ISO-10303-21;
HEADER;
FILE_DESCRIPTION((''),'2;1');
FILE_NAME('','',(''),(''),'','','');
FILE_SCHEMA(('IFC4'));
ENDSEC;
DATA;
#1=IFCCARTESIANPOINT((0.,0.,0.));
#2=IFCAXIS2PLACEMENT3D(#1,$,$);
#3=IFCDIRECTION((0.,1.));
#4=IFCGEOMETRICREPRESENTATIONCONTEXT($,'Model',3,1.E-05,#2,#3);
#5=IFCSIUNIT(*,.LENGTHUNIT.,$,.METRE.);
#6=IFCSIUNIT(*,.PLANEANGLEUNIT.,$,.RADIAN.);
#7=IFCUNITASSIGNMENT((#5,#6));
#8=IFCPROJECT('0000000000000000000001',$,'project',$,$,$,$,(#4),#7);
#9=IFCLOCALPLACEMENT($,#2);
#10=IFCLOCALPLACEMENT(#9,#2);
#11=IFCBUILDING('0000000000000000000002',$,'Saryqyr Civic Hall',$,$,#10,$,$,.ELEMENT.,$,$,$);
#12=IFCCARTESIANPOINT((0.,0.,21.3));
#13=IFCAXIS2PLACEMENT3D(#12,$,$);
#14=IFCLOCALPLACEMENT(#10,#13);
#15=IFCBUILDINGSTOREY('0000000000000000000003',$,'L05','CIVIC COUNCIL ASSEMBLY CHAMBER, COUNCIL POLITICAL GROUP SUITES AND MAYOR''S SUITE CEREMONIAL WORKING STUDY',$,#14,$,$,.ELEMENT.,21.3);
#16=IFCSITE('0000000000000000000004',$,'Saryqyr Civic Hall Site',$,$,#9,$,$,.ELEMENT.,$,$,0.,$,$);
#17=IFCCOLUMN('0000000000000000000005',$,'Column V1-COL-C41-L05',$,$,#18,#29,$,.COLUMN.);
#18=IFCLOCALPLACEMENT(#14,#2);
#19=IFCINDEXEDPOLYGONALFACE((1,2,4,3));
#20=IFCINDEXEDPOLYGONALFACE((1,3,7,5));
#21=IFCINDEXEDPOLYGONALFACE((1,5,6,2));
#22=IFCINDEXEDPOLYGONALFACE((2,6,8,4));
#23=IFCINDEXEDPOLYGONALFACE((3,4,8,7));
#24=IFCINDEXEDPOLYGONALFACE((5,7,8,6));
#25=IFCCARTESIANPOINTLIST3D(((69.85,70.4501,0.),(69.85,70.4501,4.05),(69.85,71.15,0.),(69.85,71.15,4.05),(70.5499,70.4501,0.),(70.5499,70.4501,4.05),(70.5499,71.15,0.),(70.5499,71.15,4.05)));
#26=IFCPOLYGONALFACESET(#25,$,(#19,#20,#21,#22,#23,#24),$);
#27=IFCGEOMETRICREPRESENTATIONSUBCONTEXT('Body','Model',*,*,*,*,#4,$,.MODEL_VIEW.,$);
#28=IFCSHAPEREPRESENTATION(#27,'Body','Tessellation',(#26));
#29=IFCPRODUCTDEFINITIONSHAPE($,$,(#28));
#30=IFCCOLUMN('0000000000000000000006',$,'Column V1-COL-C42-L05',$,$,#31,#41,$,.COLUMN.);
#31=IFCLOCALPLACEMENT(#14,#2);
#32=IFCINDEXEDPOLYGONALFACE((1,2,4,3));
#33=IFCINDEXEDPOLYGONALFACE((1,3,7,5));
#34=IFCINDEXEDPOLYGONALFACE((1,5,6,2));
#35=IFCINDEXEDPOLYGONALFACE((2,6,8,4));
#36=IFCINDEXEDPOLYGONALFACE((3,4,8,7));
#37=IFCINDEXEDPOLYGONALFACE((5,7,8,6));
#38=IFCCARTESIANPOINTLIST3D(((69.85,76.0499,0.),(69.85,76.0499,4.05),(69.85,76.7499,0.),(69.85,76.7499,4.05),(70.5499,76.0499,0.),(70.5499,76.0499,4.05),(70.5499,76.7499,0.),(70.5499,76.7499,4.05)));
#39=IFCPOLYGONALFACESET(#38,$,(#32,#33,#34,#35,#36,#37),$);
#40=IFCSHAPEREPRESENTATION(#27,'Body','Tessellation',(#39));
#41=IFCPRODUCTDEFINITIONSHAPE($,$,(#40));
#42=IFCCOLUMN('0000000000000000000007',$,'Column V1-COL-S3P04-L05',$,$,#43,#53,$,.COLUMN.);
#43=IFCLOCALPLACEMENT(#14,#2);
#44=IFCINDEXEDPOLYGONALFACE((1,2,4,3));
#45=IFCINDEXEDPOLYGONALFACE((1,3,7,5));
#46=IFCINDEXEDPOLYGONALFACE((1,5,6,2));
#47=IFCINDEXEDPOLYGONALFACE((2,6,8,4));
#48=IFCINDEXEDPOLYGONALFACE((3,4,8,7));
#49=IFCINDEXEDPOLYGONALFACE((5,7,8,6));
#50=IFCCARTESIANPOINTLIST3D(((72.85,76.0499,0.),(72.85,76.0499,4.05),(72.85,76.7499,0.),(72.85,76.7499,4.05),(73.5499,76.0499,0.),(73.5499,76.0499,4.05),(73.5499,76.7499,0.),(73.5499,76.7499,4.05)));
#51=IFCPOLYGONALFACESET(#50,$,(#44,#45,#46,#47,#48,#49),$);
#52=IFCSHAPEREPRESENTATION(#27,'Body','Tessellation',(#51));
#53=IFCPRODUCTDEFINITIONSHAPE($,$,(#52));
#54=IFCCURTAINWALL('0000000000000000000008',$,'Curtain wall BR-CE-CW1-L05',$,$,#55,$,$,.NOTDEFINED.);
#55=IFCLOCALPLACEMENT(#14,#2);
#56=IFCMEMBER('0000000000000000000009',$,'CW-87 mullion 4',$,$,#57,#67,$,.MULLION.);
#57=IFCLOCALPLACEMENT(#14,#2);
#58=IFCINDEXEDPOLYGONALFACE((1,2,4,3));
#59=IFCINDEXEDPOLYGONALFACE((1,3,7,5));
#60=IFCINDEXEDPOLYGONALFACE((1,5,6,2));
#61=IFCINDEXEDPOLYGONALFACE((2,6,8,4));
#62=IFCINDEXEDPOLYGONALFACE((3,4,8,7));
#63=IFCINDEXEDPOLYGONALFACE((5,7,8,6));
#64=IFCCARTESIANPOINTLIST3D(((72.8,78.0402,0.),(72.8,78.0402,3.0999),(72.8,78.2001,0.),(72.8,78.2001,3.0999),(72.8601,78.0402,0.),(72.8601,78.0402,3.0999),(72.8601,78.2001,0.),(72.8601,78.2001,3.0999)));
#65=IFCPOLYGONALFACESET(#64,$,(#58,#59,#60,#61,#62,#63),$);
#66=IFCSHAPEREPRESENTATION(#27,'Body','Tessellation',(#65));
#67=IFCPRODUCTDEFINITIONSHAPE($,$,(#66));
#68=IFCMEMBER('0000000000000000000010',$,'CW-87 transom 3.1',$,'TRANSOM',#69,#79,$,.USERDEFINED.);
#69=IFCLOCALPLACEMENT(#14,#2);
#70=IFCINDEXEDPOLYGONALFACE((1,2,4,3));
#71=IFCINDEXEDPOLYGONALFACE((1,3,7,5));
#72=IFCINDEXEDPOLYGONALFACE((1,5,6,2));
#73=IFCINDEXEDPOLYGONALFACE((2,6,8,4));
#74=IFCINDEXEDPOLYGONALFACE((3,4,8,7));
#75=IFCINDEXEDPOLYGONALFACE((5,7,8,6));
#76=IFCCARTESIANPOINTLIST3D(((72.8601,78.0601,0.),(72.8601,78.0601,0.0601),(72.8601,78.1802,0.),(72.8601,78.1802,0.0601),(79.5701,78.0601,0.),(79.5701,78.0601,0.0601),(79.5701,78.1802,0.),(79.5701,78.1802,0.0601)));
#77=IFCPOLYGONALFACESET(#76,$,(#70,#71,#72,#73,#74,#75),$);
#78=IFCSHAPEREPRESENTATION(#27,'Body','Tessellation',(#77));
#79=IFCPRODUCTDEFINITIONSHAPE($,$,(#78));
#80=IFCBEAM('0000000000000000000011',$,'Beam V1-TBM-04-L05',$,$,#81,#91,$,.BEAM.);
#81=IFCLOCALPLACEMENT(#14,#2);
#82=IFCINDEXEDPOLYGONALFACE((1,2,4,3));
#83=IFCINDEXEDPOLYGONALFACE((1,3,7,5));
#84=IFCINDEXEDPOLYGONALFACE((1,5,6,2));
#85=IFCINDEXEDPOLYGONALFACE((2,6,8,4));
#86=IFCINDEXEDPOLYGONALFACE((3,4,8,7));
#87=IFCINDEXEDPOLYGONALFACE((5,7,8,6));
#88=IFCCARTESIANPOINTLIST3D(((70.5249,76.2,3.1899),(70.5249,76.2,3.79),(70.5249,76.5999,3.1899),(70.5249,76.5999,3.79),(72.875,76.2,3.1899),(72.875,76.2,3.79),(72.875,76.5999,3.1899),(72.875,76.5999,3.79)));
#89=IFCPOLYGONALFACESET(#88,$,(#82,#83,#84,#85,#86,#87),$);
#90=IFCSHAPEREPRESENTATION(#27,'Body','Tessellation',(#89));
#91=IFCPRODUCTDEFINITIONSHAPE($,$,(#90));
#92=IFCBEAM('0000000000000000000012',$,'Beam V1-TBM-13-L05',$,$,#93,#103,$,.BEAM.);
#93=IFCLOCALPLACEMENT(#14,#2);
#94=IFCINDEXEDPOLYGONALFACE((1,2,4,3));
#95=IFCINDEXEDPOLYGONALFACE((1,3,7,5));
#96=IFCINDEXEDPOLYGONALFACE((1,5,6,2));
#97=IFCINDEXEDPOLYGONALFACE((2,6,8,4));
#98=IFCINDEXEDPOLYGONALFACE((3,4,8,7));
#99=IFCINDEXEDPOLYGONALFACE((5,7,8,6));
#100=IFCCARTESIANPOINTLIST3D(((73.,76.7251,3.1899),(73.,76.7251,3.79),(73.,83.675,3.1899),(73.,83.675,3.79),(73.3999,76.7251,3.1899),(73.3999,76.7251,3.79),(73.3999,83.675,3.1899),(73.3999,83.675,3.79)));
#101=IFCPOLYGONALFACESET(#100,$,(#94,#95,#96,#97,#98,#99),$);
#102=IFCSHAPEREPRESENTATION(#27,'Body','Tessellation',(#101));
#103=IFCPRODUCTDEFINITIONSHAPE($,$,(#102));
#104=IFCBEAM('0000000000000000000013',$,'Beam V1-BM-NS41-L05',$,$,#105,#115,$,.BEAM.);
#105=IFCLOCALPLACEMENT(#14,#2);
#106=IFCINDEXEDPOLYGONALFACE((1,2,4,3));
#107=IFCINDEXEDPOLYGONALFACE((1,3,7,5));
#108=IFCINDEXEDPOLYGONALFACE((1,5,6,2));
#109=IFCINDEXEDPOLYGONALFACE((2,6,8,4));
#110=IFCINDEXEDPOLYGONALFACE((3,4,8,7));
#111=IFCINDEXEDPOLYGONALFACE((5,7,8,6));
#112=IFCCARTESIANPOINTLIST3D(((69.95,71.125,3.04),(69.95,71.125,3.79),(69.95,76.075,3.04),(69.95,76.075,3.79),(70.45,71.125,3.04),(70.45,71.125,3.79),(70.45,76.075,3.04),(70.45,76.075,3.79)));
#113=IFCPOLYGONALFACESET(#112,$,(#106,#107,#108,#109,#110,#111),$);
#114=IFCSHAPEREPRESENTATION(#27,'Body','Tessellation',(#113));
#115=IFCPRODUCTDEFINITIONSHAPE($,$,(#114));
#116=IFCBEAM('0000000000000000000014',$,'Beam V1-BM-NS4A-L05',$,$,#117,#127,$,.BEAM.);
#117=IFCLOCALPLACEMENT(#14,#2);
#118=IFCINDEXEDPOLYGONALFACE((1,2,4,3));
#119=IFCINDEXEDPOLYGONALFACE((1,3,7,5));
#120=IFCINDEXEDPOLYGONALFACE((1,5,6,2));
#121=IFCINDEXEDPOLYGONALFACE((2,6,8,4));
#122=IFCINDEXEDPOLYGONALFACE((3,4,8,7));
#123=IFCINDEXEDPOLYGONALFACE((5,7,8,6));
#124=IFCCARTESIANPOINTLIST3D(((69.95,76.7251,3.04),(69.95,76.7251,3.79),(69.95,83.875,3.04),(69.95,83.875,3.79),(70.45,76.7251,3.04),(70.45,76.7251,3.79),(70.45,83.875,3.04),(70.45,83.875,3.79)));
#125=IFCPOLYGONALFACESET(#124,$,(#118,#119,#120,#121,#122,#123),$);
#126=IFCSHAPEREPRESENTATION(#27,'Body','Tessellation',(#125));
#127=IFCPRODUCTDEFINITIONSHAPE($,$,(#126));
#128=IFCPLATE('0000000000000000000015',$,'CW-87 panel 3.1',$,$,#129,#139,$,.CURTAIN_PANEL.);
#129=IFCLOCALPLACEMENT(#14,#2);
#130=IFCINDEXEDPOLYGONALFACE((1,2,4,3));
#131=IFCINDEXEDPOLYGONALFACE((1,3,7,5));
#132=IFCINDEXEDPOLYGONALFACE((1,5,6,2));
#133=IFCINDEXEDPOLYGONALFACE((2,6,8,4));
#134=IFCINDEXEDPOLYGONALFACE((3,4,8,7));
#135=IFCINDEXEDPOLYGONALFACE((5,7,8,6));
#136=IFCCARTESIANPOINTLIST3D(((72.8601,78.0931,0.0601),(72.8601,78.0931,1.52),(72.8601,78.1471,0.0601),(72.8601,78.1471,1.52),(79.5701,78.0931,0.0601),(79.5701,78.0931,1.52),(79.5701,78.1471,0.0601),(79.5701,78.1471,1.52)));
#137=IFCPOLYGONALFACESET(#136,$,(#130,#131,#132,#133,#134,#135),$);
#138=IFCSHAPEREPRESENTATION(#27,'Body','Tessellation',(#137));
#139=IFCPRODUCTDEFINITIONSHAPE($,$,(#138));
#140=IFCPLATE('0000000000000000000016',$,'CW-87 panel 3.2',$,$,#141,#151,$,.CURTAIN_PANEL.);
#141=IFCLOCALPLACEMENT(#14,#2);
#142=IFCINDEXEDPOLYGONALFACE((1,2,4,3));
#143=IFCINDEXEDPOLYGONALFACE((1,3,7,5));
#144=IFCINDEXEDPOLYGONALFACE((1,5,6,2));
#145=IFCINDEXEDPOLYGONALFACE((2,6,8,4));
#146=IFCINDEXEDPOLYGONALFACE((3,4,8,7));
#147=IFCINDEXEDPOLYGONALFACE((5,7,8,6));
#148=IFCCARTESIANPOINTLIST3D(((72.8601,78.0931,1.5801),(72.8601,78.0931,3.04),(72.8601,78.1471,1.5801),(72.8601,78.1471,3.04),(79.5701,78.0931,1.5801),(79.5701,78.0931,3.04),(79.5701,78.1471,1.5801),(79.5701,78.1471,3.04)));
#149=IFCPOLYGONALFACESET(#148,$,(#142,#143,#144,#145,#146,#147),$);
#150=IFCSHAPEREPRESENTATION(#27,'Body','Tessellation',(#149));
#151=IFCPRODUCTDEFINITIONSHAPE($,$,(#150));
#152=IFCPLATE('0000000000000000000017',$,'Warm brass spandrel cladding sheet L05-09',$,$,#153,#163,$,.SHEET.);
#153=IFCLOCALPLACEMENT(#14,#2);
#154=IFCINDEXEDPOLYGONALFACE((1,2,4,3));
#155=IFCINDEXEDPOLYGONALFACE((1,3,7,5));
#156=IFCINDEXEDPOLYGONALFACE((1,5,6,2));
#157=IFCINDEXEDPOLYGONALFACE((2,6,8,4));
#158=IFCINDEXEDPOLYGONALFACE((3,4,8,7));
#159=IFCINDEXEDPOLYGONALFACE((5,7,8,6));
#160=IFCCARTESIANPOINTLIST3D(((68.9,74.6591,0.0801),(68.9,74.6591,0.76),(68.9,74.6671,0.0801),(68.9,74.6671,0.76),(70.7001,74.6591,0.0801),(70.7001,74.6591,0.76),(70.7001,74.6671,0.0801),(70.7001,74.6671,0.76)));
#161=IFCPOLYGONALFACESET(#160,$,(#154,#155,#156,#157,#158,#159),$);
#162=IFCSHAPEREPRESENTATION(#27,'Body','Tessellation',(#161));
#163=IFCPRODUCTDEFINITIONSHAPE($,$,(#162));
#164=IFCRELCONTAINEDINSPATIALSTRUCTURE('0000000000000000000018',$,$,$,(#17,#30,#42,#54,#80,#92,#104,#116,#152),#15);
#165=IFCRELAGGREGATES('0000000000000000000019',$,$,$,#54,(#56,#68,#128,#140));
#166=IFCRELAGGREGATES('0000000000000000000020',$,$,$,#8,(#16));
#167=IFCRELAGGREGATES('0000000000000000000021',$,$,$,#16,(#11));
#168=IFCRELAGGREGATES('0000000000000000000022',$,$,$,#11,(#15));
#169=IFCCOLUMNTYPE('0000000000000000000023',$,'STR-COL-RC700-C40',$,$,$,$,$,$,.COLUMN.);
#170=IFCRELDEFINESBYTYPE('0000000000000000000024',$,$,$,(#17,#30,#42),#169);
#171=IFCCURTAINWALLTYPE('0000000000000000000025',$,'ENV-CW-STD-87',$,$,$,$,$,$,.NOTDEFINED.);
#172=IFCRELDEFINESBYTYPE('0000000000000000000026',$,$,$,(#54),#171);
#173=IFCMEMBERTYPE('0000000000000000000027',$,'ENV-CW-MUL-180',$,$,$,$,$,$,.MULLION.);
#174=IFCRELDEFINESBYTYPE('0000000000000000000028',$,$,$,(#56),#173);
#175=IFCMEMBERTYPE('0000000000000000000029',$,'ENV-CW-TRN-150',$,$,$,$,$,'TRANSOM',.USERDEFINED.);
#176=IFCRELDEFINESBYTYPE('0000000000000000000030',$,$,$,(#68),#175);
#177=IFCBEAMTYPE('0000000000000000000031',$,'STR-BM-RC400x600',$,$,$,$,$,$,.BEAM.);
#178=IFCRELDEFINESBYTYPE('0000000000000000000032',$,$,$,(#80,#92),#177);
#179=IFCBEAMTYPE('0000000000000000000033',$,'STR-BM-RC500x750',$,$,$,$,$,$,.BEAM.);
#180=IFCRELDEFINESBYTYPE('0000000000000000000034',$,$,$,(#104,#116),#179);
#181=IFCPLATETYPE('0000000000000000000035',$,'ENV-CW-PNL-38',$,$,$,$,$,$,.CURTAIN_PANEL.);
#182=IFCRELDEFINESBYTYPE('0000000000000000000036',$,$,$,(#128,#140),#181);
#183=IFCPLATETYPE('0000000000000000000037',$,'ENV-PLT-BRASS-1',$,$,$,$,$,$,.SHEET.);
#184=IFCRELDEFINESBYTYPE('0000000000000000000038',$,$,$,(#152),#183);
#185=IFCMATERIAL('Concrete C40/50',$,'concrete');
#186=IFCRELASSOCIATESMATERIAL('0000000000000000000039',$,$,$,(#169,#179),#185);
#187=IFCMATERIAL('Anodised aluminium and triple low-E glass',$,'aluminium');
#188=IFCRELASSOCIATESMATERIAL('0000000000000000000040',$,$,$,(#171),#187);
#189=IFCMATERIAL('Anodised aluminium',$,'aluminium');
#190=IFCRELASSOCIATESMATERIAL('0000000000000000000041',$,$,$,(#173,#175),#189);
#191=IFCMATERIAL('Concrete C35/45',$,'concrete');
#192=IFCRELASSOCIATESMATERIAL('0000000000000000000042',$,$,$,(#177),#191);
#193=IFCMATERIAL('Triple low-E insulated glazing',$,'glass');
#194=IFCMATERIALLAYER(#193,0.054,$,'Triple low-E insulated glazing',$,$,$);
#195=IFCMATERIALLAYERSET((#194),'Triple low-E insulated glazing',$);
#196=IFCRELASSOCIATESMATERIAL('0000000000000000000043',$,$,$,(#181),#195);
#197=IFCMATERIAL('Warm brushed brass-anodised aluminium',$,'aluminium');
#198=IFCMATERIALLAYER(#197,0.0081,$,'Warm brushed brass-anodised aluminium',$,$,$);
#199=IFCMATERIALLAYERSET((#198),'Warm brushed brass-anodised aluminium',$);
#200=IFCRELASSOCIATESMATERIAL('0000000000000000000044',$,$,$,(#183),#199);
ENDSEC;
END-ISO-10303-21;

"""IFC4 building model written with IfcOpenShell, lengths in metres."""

from ifc_helpers import new_model, si_unit, direction, frame, origin, origin_2d, place, context, subcontext, project, spatial, rectangle, extrude, material, layer, layer_set, material_profile, profile_set, type_object, element, aggregate, save


model = new_model("IFC4")

# Units and contexts
model_context = context("Model", 3, precision=1e-05, world=origin(), true_north=direction((0.0, 1.0)))
body_context = subcontext(model_context, "Body", "Model", "MODEL_VIEW")
ifc_project = project(units=[si_unit("LENGTHUNIT", "METRE"), si_unit("PLANEANGLEUNIT", "RADIAN")], contexts=[model_context])

# Site, building, storey
site_placement = place(None, origin())
site = spatial("IfcSite", under=ifc_project, at=site_placement, Name="Saryqyr Civic Hall Site", CompositionType="ELEMENT", RefElevation=0.0)
building_placement = place(site_placement, origin())
building = spatial("IfcBuilding", under=site, at=building_placement, Name="Saryqyr Civic Hall", CompositionType="ELEMENT")
storey_placement = place(building_placement, frame((0.0, 0.0, 21.3)))
storey = spatial("IfcBuildingStorey", under=building, at=storey_placement, Name="L05", Description="CIVIC COUNCIL ASSEMBLY CHAMBER, COUNCIL POLITICAL GROUP SUITES AND MAYOR'S SUITE CEREMONIAL WORKING STUDY", CompositionType="ELEMENT", Elevation=21.3)

# Columns
ifc_material_1 = material(Name="Concrete C40/50", Category="concrete")
ifc_material_profile_1 = material_profile(ifc_material_1, rectangle(XDim=0.7, YDim=0.7, at=origin_2d()), Name="RC 700x700")
ifc_profile_set_1 = profile_set([ifc_material_profile_1], Name="Concrete C40/50")
column_type = type_object("IfcColumnType", Name="STR-COL-RC700-C40", PredefinedType="COLUMN", material=ifc_profile_set_1)
for number, where, z_axis, x_axis, name in (
    (1, (70.2, 70.8, 0.0), (0.0, 0.0, 1.0), (1.0, 0.0, 0.0), "Column V1-COL-C41-L05"),
    (2, (70.2, 76.3999, 0.0), (0.0, 0.0, 1.0), (1.0, 0.0, 0.0), "Column V1-COL-C42-L05"),
    (3, (73.2, 76.3999, 0.0), (0.0, 0.0, 1.0), (1.0, 0.0, 0.0), "Column V1-COL-S3P04-L05"),
):
    element("IfcColumn", number, at=place(storey_placement, frame(where, z_axis=z_axis, x_axis=x_axis)), inside=storey, type_object=column_type, Name=name, PredefinedType="COLUMN", context=body_context, shape_type="SweptSolid", body=[
        extrude(rectangle(XDim=0.7, YDim=0.7, at=origin_2d()), origin(), (0.0, 0.0, 1.0), 4.05),
    ])

# Curtain wall, members
ifc_material_2 = material(Name="Anodised aluminium and triple low-E glass", Category="aluminium")
curtain_wall_type = type_object("IfcCurtainWallType", Name="ENV-CW-STD-87", PredefinedType="NOTDEFINED", material=ifc_material_2)
curtain_wall_placement = place(storey_placement, origin())
curtain_wall = element("IfcCurtainWall", 4, at=curtain_wall_placement, inside=storey, type_object=curtain_wall_type, Name="Curtain wall BR-CE-CW1-L05", PredefinedType="NOTDEFINED")
ifc_material_3 = material(Name="Anodised aluminium", Category="aluminium")
ifc_material_profile_2 = material_profile(ifc_material_3, rectangle(XDim=0.0601, YDim=0.1599, at=origin_2d()), Name="ALU MULLION 60x160")
ifc_profile_set_2 = profile_set([ifc_material_profile_2], Name="Anodised aluminium")
member_type_1 = type_object("IfcMemberType", Name="ENV-CW-MUL-180", PredefinedType="MULLION", material=ifc_profile_set_2)
member_1_placement = place(storey_placement, frame((72.8301, 78.1201, 0.0), z_axis=(0.0, 0.0, 1.0), x_axis=(-1.0, 0.0, 0.0)))
member_1 = element("IfcMember", 5, at=member_1_placement, type_object=member_type_1, Name="CW-87 mullion 4", PredefinedType="MULLION", context=body_context, shape_type="SweptSolid", body=[
    extrude(rectangle(XDim=0.0601, YDim=0.1599, at=origin_2d()), origin(), (0.0, 0.0, 1.0), 3.0999),
])
ifc_material_profile_3 = material_profile(ifc_material_3, rectangle(XDim=0.1201, YDim=0.0601, at=origin_2d()), Name="ALU TRANSOM 120x60")
ifc_profile_set_3 = profile_set([ifc_material_profile_3], Name="Anodised aluminium")
member_type_2 = type_object("IfcMemberType", Name="ENV-CW-TRN-150", ElementType="TRANSOM", PredefinedType="USERDEFINED", material=ifc_profile_set_3)
member_2_placement = place(storey_placement, frame((79.5701, 78.1201, 0.03), z_axis=(-1.0, 0.0, 0.0), x_axis=(0.0, -1.0, 0.0)))
member_2 = element("IfcMember", 6, at=member_2_placement, type_object=member_type_2, Name="CW-87 transom 3.1", ObjectType="TRANSOM", PredefinedType="USERDEFINED", context=body_context, shape_type="SweptSolid", body=[
    extrude(rectangle(XDim=0.1201, YDim=0.0601, at=origin_2d()), origin(), (0.0, 0.0, 1.0), 6.71),
])

# Beams
ifc_material_4 = material(Name="Concrete C35/45", Category="concrete")
ifc_material_profile_4 = material_profile(ifc_material_4, rectangle(XDim=0.3999, YDim=0.6001, at=origin_2d()), Name="RC 400x600")
ifc_profile_set_4 = profile_set([ifc_material_profile_4], Name="Concrete C35/45")
beam_type_1 = type_object("IfcBeamType", Name="STR-BM-RC400x600", PredefinedType="BEAM", material=ifc_profile_set_4)
beam_1_placement = place(storey_placement, frame((70.5249, 76.3999, 3.49), z_axis=(1.0, 0.0, 0.0), x_axis=(0.0, 1.0, 0.0)))
element("IfcBeam", 7, at=beam_1_placement, inside=storey, type_object=beam_type_1, Name="Beam V1-TBM-04-L05", PredefinedType="BEAM", context=body_context, shape_type="SweptSolid", body=[
    extrude(rectangle(XDim=0.3999, YDim=0.6001, at=origin_2d()), origin(), (0.0, 0.0, 1.0), 2.3501),
])
beam_2_placement = place(storey_placement, frame((73.2, 76.7251, 3.49), z_axis=(0.0, 1.0, 0.0), x_axis=(-1.0, 0.0, 0.0)))
element("IfcBeam", 8, at=beam_2_placement, inside=storey, type_object=beam_type_1, Name="Beam V1-TBM-13-L05", PredefinedType="BEAM", context=body_context, shape_type="SweptSolid", body=[
    extrude(rectangle(XDim=0.3999, YDim=0.6001, at=origin_2d()), origin(), (0.0, 0.0, 1.0), 6.95),
])
ifc_material_profile_5 = material_profile(ifc_material_1, rectangle(XDim=0.5, YDim=0.75, at=origin_2d()), Name="RC 500x750")
ifc_profile_set_5 = profile_set([ifc_material_profile_5], Name="Concrete C40/50")
beam_type_2 = type_object("IfcBeamType", Name="STR-BM-RC500x750", PredefinedType="BEAM", material=ifc_profile_set_5)
beam_3_placement = place(storey_placement, frame((70.2, 71.125, 3.415), z_axis=(0.0, 1.0, 0.0), x_axis=(-1.0, 0.0, 0.0)))
element("IfcBeam", 9, at=beam_3_placement, inside=storey, type_object=beam_type_2, Name="Beam V1-BM-NS41-L05", PredefinedType="BEAM", context=body_context, shape_type="SweptSolid", body=[
    extrude(rectangle(XDim=0.5, YDim=0.75, at=origin_2d()), origin(), (0.0, 0.0, 1.0), 4.95),
])
beam_4_placement = place(storey_placement, frame((70.2, 76.7251, 3.415), z_axis=(0.0, 1.0, 0.0), x_axis=(-1.0, 0.0, 0.0)))
element("IfcBeam", 10, at=beam_4_placement, inside=storey, type_object=beam_type_2, Name="Beam V1-BM-NS4A-L05", PredefinedType="BEAM", context=body_context, shape_type="SweptSolid", body=[
    extrude(rectangle(XDim=0.5, YDim=0.75, at=origin_2d()), origin(), (0.0, 0.0, 1.0), 7.1499),
])

# Plates
ifc_material_5 = material(Name="Triple low-E insulated glazing", Category="glass")
ifc_layer_1 = layer(ifc_material_5, 0.054, Name="Triple low-E insulated glazing")
ifc_layer_set_1 = layer_set([ifc_layer_1], Name="Triple low-E insulated glazing")
plate_type_1 = type_object("IfcPlateType", Name="ENV-CW-PNL-38", PredefinedType="CURTAIN_PANEL", material=ifc_layer_set_1)
plate_1_placement = place(storey_placement, frame((76.2151, 78.1201, 0.0601), z_axis=(0.0, 0.0, 1.0), x_axis=(-1.0, 0.0, 0.0)))
plate_1 = element("IfcPlate", 11, at=plate_1_placement, type_object=plate_type_1, Name="CW-87 panel 3.1", PredefinedType="CURTAIN_PANEL", context=body_context, shape_type="SweptSolid", body=[
    extrude(rectangle(XDim=6.71, YDim=0.054, at=origin_2d()), origin(), (0.0, 0.0, 1.0), 1.46),
])
plate_2_placement = place(storey_placement, frame((76.2151, 78.1201, 1.5801), z_axis=(0.0, 0.0, 1.0), x_axis=(-1.0, 0.0, 0.0)))
plate_2 = element("IfcPlate", 12, at=plate_2_placement, type_object=plate_type_1, Name="CW-87 panel 3.2", PredefinedType="CURTAIN_PANEL", context=body_context, shape_type="SweptSolid", body=[
    extrude(rectangle(XDim=6.71, YDim=0.054, at=origin_2d()), origin(), (0.0, 0.0, 1.0), 1.46),
])
aggregate(curtain_wall, [member_1, member_2, plate_1, plate_2])
ifc_material_6 = material(Name="Warm brushed brass-anodised aluminium", Category="aluminium")
ifc_layer_2 = layer(ifc_material_6, 0.0081, Name="Warm brushed brass-anodised aluminium")
ifc_layer_set_2 = layer_set([ifc_layer_2], Name="Warm brushed brass-anodised aluminium")
plate_type_2 = type_object("IfcPlateType", Name="ENV-PLT-BRASS-1", PredefinedType="SHEET", material=ifc_layer_set_2)
plate_3_placement = place(storey_placement, frame((69.8, 74.6631, 0.0801), z_axis=(0.0, 0.0, 1.0), x_axis=(-1.0, 0.0, 0.0)))
element("IfcPlate", 13, at=plate_3_placement, inside=storey, type_object=plate_type_2, Name="Warm brass spandrel cladding sheet L05-09", PredefinedType="SHEET", context=body_context, shape_type="SweptSolid", body=[
    extrude(rectangle(XDim=1.8, YDim=0.0081, at=origin_2d()), origin(), (0.0, 0.0, 1.0), 0.6799),
])

save(model, "model.ifc")
